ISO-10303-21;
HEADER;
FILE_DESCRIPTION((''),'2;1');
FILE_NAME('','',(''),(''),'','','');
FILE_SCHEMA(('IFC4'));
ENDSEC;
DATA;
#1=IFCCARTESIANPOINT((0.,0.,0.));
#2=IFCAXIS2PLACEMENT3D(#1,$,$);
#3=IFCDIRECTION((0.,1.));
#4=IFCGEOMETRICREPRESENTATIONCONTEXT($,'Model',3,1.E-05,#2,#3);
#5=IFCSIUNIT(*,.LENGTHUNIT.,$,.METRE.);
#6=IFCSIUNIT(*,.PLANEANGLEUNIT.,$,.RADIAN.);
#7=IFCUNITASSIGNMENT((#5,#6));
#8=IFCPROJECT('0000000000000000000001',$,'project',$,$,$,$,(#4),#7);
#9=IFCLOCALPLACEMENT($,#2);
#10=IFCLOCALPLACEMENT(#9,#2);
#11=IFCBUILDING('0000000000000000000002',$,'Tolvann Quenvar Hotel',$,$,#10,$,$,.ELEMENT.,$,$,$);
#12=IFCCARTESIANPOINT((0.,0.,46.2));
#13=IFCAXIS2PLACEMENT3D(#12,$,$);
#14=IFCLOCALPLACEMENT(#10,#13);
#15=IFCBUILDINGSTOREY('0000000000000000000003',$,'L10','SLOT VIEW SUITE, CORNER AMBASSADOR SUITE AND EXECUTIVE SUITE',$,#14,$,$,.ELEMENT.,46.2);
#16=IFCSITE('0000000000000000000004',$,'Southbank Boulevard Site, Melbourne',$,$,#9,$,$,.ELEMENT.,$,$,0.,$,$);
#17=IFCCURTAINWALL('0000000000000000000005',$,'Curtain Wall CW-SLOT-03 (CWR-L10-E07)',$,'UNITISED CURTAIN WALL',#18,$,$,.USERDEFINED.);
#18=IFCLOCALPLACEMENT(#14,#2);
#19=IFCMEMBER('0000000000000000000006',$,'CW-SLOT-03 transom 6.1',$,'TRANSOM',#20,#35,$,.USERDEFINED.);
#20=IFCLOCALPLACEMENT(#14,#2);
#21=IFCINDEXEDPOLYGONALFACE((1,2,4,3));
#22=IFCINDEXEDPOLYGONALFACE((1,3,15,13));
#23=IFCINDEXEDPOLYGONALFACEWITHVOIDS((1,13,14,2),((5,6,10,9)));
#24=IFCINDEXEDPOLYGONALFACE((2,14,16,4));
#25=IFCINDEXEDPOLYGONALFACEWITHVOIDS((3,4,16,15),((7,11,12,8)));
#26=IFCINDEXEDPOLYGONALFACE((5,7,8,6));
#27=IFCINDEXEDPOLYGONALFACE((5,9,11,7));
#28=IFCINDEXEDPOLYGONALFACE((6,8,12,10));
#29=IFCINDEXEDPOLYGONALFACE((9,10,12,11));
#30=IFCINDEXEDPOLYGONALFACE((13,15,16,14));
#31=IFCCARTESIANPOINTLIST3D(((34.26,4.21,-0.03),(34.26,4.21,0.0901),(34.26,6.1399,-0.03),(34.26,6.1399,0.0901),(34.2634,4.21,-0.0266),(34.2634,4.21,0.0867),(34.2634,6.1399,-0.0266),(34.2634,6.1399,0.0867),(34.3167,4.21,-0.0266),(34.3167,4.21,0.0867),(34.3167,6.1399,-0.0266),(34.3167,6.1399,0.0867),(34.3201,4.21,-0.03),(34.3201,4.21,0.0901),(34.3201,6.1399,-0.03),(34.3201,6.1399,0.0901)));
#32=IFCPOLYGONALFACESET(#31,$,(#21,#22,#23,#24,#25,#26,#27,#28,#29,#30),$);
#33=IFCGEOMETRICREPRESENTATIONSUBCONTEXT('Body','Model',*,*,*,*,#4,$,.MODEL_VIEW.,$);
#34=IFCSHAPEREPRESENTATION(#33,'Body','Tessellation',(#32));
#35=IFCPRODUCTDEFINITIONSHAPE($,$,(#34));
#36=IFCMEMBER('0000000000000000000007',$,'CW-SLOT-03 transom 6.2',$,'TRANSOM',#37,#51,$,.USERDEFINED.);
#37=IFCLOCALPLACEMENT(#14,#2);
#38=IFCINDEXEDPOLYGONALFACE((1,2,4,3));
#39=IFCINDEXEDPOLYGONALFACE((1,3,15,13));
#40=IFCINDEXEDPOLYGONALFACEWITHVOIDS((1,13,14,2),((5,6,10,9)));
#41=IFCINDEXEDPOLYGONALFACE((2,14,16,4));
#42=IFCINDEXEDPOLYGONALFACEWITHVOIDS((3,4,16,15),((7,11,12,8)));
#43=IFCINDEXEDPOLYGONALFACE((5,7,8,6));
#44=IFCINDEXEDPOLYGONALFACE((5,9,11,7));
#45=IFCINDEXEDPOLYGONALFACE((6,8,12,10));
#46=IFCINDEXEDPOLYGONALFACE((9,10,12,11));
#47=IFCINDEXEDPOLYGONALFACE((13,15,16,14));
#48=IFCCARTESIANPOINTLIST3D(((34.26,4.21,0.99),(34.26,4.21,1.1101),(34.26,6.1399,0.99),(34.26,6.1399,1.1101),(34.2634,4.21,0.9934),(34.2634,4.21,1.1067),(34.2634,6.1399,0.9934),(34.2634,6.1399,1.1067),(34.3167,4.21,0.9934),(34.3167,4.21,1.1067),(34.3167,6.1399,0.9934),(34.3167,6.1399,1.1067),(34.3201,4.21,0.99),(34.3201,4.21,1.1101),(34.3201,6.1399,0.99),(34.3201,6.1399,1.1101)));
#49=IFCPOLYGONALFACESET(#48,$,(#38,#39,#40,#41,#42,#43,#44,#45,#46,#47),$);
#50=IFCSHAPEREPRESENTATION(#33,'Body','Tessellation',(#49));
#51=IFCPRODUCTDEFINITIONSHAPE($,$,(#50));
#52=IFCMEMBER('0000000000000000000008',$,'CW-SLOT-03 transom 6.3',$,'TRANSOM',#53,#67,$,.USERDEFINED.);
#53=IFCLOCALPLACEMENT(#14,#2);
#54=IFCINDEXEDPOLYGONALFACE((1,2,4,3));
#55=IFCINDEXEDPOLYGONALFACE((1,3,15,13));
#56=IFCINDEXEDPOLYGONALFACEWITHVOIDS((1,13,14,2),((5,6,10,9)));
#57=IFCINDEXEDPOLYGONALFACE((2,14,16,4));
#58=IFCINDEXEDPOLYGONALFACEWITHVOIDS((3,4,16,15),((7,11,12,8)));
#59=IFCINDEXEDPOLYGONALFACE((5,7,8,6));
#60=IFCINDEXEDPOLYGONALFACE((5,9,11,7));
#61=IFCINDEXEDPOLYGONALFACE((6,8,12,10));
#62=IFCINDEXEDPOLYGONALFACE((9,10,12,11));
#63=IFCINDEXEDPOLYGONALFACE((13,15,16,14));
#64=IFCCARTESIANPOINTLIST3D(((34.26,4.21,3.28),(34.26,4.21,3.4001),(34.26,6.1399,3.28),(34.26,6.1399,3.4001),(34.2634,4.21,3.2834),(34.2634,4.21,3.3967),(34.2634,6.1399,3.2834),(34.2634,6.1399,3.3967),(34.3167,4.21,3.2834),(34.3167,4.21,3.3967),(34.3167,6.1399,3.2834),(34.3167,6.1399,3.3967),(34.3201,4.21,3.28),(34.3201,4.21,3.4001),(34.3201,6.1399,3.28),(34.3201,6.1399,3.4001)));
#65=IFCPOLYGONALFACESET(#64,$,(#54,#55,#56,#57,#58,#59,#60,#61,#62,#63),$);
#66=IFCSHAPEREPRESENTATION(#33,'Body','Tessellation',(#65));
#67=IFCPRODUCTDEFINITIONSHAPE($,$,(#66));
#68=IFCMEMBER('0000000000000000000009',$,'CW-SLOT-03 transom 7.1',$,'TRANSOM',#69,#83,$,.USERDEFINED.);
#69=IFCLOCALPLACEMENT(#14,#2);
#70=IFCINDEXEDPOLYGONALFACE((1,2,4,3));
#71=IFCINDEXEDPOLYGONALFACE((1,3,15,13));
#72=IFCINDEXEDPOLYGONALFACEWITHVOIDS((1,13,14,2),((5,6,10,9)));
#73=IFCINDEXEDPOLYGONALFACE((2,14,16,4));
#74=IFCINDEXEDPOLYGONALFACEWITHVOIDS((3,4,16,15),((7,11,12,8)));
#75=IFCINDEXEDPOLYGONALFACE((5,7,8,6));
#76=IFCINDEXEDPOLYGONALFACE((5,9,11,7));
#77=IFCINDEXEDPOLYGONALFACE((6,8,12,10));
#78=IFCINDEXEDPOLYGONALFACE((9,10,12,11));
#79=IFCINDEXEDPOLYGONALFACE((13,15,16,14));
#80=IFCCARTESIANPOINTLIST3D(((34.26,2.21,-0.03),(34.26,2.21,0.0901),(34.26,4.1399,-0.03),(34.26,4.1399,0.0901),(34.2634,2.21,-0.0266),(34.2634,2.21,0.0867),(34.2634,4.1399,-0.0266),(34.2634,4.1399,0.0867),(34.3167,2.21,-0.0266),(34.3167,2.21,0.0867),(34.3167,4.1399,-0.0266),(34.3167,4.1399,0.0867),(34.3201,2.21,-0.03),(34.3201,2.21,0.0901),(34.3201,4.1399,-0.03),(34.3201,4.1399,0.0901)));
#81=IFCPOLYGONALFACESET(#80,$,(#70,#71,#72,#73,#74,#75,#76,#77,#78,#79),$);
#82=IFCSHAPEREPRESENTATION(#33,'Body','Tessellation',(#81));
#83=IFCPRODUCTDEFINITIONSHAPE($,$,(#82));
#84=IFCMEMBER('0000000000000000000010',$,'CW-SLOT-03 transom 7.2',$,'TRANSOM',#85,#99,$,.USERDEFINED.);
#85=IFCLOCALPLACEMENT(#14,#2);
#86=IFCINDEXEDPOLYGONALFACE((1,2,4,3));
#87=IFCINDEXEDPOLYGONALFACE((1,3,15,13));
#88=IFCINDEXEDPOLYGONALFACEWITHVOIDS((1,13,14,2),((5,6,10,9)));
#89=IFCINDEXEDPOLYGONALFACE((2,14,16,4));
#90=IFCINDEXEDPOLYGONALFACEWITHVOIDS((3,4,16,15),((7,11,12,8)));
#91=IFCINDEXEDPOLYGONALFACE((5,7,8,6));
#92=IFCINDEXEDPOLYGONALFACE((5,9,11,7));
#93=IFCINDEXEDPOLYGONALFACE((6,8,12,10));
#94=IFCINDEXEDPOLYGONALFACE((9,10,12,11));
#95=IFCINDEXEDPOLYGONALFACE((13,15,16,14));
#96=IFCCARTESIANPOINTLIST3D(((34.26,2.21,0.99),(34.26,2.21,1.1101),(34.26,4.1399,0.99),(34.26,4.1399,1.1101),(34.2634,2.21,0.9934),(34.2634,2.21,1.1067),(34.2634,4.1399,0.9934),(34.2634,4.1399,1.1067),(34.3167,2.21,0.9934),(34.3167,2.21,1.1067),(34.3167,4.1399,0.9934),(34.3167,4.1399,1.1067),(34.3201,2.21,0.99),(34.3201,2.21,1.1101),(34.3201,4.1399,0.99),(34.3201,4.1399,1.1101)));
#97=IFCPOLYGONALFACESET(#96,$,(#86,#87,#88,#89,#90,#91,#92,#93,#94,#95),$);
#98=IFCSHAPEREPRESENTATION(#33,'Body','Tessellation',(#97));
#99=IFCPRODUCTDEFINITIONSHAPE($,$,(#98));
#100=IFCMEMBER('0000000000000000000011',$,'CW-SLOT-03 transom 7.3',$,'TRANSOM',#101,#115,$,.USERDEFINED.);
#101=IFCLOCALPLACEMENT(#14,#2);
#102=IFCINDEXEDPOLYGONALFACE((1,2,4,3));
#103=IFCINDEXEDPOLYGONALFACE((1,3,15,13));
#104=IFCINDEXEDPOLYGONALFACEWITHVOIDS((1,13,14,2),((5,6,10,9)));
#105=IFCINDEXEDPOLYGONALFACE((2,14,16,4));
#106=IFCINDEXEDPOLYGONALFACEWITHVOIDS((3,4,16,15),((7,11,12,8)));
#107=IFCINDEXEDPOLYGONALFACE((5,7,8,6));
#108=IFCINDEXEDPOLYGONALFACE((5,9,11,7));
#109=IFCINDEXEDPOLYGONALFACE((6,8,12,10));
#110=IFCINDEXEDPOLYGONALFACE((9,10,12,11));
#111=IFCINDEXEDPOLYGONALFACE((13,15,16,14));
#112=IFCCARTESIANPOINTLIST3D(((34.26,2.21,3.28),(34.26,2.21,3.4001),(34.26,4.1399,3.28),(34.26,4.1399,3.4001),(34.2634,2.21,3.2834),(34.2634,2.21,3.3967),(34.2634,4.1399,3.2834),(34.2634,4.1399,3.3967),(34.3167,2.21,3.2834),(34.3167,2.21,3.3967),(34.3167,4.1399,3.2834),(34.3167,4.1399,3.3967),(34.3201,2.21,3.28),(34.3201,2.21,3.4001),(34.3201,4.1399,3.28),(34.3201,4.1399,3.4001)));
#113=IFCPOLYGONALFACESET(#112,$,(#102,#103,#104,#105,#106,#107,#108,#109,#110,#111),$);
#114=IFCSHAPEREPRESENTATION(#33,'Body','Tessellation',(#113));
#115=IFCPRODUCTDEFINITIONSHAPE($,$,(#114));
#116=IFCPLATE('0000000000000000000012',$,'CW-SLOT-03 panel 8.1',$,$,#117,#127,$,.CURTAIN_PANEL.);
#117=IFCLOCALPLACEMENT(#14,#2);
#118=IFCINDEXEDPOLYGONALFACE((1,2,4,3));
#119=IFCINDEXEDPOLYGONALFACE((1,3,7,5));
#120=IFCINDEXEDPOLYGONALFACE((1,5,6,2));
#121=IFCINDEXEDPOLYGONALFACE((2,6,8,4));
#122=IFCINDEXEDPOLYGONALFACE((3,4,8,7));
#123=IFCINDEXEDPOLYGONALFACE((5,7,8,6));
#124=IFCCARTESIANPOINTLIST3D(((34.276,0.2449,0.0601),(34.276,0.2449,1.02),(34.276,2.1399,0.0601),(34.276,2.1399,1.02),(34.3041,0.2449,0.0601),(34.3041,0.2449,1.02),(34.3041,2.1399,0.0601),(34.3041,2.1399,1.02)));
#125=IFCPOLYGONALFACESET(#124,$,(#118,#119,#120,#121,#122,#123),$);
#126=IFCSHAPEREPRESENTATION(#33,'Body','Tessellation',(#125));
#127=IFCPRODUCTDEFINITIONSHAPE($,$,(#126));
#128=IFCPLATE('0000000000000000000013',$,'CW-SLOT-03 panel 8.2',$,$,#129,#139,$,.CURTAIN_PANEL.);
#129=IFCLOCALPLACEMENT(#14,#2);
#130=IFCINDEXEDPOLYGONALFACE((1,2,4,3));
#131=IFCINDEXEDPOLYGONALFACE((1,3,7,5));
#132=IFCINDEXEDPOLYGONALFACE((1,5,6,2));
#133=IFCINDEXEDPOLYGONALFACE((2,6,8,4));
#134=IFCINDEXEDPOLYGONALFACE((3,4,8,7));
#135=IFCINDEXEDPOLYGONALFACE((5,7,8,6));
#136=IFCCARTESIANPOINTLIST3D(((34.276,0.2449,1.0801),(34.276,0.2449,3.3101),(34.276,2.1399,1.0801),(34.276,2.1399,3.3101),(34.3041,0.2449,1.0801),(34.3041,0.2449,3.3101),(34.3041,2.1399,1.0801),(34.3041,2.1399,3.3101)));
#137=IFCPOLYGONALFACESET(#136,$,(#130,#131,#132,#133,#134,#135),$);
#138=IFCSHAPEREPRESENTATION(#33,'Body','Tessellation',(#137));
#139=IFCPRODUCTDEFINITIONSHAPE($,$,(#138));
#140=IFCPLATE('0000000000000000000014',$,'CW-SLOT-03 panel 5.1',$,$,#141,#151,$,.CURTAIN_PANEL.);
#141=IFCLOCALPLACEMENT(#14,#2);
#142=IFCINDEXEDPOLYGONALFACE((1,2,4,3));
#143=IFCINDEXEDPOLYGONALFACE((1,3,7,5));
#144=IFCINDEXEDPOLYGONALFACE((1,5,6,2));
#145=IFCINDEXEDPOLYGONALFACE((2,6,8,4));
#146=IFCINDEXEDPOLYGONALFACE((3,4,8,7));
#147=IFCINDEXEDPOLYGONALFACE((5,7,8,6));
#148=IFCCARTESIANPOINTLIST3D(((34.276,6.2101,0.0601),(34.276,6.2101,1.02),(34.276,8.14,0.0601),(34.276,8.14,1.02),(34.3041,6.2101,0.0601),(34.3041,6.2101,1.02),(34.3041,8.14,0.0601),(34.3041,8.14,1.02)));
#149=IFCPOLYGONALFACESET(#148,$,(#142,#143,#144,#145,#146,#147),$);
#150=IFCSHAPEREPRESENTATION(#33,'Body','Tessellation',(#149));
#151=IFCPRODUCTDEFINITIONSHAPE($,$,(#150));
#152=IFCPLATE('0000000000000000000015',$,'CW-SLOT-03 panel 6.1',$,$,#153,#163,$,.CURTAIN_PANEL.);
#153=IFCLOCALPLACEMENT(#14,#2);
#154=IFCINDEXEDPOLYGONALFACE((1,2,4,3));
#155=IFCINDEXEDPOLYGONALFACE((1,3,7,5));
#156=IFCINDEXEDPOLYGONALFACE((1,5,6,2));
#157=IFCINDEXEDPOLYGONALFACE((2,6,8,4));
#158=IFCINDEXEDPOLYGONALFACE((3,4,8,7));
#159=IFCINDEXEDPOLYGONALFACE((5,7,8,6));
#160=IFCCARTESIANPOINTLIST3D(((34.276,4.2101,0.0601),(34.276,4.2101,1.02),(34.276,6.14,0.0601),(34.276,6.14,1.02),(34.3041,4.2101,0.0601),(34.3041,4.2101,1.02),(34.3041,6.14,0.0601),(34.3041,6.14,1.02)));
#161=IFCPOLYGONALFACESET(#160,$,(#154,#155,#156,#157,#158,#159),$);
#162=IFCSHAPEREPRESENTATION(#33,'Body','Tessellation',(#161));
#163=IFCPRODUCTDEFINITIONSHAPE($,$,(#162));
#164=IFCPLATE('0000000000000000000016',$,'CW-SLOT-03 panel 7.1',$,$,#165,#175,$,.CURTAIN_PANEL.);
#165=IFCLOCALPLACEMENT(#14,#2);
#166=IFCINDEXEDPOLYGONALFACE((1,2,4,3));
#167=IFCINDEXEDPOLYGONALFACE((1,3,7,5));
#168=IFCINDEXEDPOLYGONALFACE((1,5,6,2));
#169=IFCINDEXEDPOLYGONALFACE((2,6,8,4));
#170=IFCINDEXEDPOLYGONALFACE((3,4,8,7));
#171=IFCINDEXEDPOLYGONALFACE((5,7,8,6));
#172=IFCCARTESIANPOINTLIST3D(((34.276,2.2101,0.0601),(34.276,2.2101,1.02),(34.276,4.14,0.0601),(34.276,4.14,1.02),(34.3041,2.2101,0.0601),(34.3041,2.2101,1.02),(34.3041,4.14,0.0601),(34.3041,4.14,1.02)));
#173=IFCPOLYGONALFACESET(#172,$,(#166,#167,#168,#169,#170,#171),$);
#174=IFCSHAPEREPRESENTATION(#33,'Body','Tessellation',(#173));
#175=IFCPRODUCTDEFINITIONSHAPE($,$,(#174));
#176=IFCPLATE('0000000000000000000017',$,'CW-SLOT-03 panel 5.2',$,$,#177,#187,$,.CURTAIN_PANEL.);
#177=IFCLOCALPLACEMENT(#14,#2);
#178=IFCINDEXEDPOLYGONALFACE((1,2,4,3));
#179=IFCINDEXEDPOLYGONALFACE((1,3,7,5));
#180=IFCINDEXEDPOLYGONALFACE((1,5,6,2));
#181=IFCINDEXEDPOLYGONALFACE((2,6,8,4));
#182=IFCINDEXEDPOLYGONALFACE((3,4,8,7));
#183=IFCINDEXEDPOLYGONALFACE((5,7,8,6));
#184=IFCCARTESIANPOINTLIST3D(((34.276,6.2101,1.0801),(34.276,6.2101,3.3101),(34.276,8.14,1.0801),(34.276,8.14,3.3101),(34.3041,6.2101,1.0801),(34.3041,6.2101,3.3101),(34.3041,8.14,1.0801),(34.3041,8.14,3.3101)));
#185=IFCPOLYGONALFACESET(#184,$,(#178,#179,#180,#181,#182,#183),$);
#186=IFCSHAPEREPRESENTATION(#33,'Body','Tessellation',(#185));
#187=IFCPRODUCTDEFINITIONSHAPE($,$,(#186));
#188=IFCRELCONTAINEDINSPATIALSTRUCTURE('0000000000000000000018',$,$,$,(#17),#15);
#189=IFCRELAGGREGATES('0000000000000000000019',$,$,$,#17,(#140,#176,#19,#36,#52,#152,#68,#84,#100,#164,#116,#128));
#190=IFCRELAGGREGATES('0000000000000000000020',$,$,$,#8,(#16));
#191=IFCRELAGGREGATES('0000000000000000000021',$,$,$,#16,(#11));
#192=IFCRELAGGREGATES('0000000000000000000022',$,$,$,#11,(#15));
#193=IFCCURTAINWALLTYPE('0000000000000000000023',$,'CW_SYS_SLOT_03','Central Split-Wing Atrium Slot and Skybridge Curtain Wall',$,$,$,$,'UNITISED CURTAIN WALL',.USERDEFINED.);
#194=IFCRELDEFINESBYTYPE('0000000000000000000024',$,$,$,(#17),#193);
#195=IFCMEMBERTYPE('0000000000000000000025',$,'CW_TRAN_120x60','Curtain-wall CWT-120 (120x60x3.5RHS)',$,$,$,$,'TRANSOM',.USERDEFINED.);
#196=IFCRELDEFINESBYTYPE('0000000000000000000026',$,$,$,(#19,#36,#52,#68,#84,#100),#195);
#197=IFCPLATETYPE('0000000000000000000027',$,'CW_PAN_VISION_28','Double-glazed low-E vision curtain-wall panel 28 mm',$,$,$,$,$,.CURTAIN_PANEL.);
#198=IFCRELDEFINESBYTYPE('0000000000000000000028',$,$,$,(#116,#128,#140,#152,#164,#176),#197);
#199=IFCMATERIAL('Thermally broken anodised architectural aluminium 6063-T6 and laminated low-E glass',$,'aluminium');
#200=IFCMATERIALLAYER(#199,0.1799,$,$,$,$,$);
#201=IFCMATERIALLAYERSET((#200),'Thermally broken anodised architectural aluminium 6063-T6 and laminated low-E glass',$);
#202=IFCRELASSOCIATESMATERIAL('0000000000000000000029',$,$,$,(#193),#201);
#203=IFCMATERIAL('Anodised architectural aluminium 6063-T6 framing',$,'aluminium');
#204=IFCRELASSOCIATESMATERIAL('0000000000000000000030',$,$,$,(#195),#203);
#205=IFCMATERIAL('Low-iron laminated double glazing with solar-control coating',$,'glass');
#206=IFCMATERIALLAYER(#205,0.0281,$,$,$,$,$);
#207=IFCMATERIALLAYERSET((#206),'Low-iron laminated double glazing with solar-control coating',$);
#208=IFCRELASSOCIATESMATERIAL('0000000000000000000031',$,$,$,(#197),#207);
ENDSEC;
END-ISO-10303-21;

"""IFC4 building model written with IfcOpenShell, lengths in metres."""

from ifc_helpers import new_model, si_unit, direction, frame, origin, origin_2d, place, context, subcontext, project, spatial, rectangle, hollow_rectangle, extrude, source, transform, mapped, material, layer, layer_set, material_profile, profile_set, type_object, type_shapes, element, aggregate, save


model = new_model("IFC4")

# Units and contexts
model_context = context("Model", 3, precision=1e-05, world=origin(), true_north=direction((0.0, 1.0)))
body_context = subcontext(model_context, "Body", "Model", "MODEL_VIEW")
ifc_project = project(units=[si_unit("LENGTHUNIT", "METRE"), si_unit("PLANEANGLEUNIT", "RADIAN")], contexts=[model_context])

# Site, building, storey
site_placement = place(None, origin())
site = spatial("IfcSite", under=ifc_project, at=site_placement, Name="Southbank Boulevard Site, Melbourne", CompositionType="ELEMENT", RefElevation=0.0)
building_placement = place(site_placement, origin())
building = spatial("IfcBuilding", under=site, at=building_placement, Name="Tolvann Quenvar Hotel", CompositionType="ELEMENT")
storey_placement = place(building_placement, frame((0.0, 0.0, 46.2)))
storey = spatial("IfcBuildingStorey", under=building, at=storey_placement, Name="L10", Description="SLOT VIEW SUITE, CORNER AMBASSADOR SUITE AND EXECUTIVE SUITE", CompositionType="ELEMENT", Elevation=46.2)

# Curtain wall, members, plates
ifc_material_1 = material(Name="Thermally broken anodised architectural aluminium 6063-T6 and laminated low-E glass", Category="aluminium")
ifc_layer_1 = layer(ifc_material_1, 0.1799)
ifc_layer_set_1 = layer_set([ifc_layer_1], Name="Thermally broken anodised architectural aluminium 6063-T6 and laminated low-E glass")
curtain_wall_type = type_object("IfcCurtainWallType", Name="CW_SYS_SLOT_03", Description="Central Split-Wing Atrium Slot and Skybridge Curtain Wall", ElementType="UNITISED CURTAIN WALL", PredefinedType="USERDEFINED", material=ifc_layer_set_1)
curtain_wall_placement = place(storey_placement, origin())
curtain_wall = element("IfcCurtainWall", 1, at=curtain_wall_placement, inside=storey, type_object=curtain_wall_type, Name="Curtain Wall CW-SLOT-03 (CWR-L10-E07)", ObjectType="UNITISED CURTAIN WALL", PredefinedType="USERDEFINED")
ifc_material_2 = material(Name="Anodised architectural aluminium 6063-T6 framing", Category="aluminium")
ifc_material_profile_1 = material_profile(ifc_material_2, hollow_rectangle(XDim=0.0601, YDim=0.1201, WallThickness=0.0034, at=origin_2d()), Name="120x60x3.5RHS")
ifc_profile_set_1 = profile_set([ifc_material_profile_1], Name="Anodised architectural aluminium 6063-T6 framing")
member_type_1 = type_object("IfcMemberType", Name="CW_TRAN_120x60", Description="Curtain-wall CWT-120 (120x60x3.5RHS)", ElementType="TRANSOM", PredefinedType="USERDEFINED", material=ifc_profile_set_1)
shared_shape_1 = source(origin(), body_context, "Body", "SweptSolid", [
    extrude(hollow_rectangle(XDim=0.0601, YDim=0.1201, WallThickness=0.0034, at=origin_2d()), origin(), (0.0, 0.0, 1.0), 1.9299),
])
member_1_placement = place(storey_placement, frame((34.29, 6.1399, 0.03), z_axis=(0.0, -1.0, 0.0), x_axis=(1.0, 0.0, 0.0)))
member_1 = element("IfcMember", 2, at=member_1_placement, type_object=member_type_1, Name="CW-SLOT-03 transom 6.1", ObjectType="TRANSOM", PredefinedType="USERDEFINED", context=body_context, shape_type="MappedRepresentation", body=[
    mapped(shared_shape_1, transform((0.0, 0.0, 0.0), x_axis=(1.0, 0.0, 0.0), y_axis=(0.0, 1.0, 0.0), z_axis=(0.0, 0.0, 1.0), scale=1.0)),
])
member_2_placement = place(storey_placement, frame((34.29, 6.1399, 1.05), z_axis=(0.0, -1.0, 0.0), x_axis=(1.0, 0.0, 0.0)))
member_2 = element("IfcMember", 3, at=member_2_placement, type_object=member_type_1, Name="CW-SLOT-03 transom 6.2", ObjectType="TRANSOM", PredefinedType="USERDEFINED", context=body_context, shape_type="MappedRepresentation", body=[
    mapped(shared_shape_1, transform((0.0, 0.0, 0.0), x_axis=(1.0, 0.0, 0.0), y_axis=(0.0, 1.0, 0.0), z_axis=(0.0, 0.0, 1.0), scale=1.0)),
])
member_3_placement = place(storey_placement, frame((34.29, 6.1399, 3.3401), z_axis=(0.0, -1.0, 0.0), x_axis=(1.0, 0.0, 0.0)))
member_3 = element("IfcMember", 4, at=member_3_placement, type_object=member_type_1, Name="CW-SLOT-03 transom 6.3", ObjectType="TRANSOM", PredefinedType="USERDEFINED", context=body_context, shape_type="MappedRepresentation", body=[
    mapped(shared_shape_1, transform((0.0, 0.0, 0.0), x_axis=(1.0, 0.0, 0.0), y_axis=(0.0, 1.0, 0.0), z_axis=(0.0, 0.0, 1.0), scale=1.0)),
])
member_4_placement = place(storey_placement, frame((34.29, 4.1399, 0.03), z_axis=(0.0, -1.0, 0.0), x_axis=(1.0, 0.0, 0.0)))
member_4 = element("IfcMember", 5, at=member_4_placement, type_object=member_type_1, Name="CW-SLOT-03 transom 7.1", ObjectType="TRANSOM", PredefinedType="USERDEFINED", context=body_context, shape_type="MappedRepresentation", body=[
    mapped(shared_shape_1, transform((0.0, 0.0, 0.0), x_axis=(1.0, 0.0, 0.0), y_axis=(0.0, 1.0, 0.0), z_axis=(0.0, 0.0, 1.0), scale=1.0)),
])
member_5_placement = place(storey_placement, frame((34.29, 4.1399, 1.05), z_axis=(0.0, -1.0, 0.0), x_axis=(1.0, 0.0, 0.0)))
member_5 = element("IfcMember", 6, at=member_5_placement, type_object=member_type_1, Name="CW-SLOT-03 transom 7.2", ObjectType="TRANSOM", PredefinedType="USERDEFINED", context=body_context, shape_type="MappedRepresentation", body=[
    mapped(shared_shape_1, transform((0.0, 0.0, 0.0), x_axis=(1.0, 0.0, 0.0), y_axis=(0.0, 1.0, 0.0), z_axis=(0.0, 0.0, 1.0), scale=1.0)),
])
member_6_placement = place(storey_placement, frame((34.29, 4.1399, 3.3401), z_axis=(0.0, -1.0, 0.0), x_axis=(1.0, 0.0, 0.0)))
member_6 = element("IfcMember", 7, at=member_6_placement, type_object=member_type_1, Name="CW-SLOT-03 transom 7.3", ObjectType="TRANSOM", PredefinedType="USERDEFINED", context=body_context, shape_type="MappedRepresentation", body=[
    mapped(shared_shape_1, transform((0.0, 0.0, 0.0), x_axis=(1.0, 0.0, 0.0), y_axis=(0.0, 1.0, 0.0), z_axis=(0.0, 0.0, 1.0), scale=1.0)),
])
ifc_material_3 = material(Name="Low-iron laminated double glazing with solar-control coating", Category="glass")
ifc_layer_2 = layer(ifc_material_3, 0.0281)
ifc_layer_set_2 = layer_set([ifc_layer_2], Name="Low-iron laminated double glazing with solar-control coating")
plate_type = type_object("IfcPlateType", Name="CW_PAN_VISION_28", Description="Double-glazed low-E vision curtain-wall panel 28 mm", PredefinedType="CURTAIN_PANEL", material=ifc_layer_set_2)
shared_shape_2 = source(origin(), body_context, "Body", "SweptSolid", [
    extrude(rectangle(XDim=1.895, YDim=0.0281, at=origin_2d()), origin(), (0.0, 0.0, 1.0), 0.96),
])
plate_1_placement = place(storey_placement, frame((34.29, 1.1924, 0.0601), z_axis=(0.0, 0.0, 1.0), x_axis=(0.0, -1.0, 0.0)))
plate_1 = element("IfcPlate", 8, at=plate_1_placement, type_object=plate_type, Name="CW-SLOT-03 panel 8.1", PredefinedType="CURTAIN_PANEL", context=body_context, shape_type="MappedRepresentation", body=[
    mapped(shared_shape_2, transform((0.0, 0.0, 0.0), x_axis=(1.0, 0.0, 0.0), y_axis=(0.0, 1.0, 0.0), z_axis=(0.0, 0.0, 1.0), scale=1.0)),
])
shared_shape_3 = source(origin(), body_context, "Body", "SweptSolid", [
    extrude(rectangle(XDim=1.895, YDim=0.0281, at=origin_2d()), origin(), (0.0, 0.0, 1.0), 2.23),
])
plate_2_placement = place(storey_placement, frame((34.29, 1.1924, 1.0801), z_axis=(0.0, 0.0, 1.0), x_axis=(0.0, -1.0, 0.0)))
plate_2 = element("IfcPlate", 9, at=plate_2_placement, type_object=plate_type, Name="CW-SLOT-03 panel 8.2", PredefinedType="CURTAIN_PANEL", context=body_context, shape_type="MappedRepresentation", body=[
    mapped(shared_shape_3, transform((0.0, 0.0, 0.0), x_axis=(1.0, 0.0, 0.0), y_axis=(0.0, 1.0, 0.0), z_axis=(0.0, 0.0, 1.0), scale=1.0)),
])
shared_shape_4 = source(origin(), body_context, "Body", "SweptSolid", [
    extrude(rectangle(XDim=1.9299, YDim=0.0281, at=origin_2d()), origin(), (0.0, 0.0, 1.0), 0.96),
])
plate_3_placement = place(storey_placement, frame((34.29, 7.175, 0.0601), z_axis=(0.0, 0.0, 1.0), x_axis=(0.0, -1.0, 0.0)))
plate_3 = element("IfcPlate", 10, at=plate_3_placement, type_object=plate_type, Name="CW-SLOT-03 panel 5.1", PredefinedType="CURTAIN_PANEL", context=body_context, shape_type="MappedRepresentation", body=[
    mapped(shared_shape_4, transform((0.0, 0.0, 0.0), x_axis=(1.0, 0.0, 0.0), y_axis=(0.0, 1.0, 0.0), z_axis=(0.0, 0.0, 1.0), scale=1.0)),
])
plate_4_placement = place(storey_placement, frame((34.29, 5.175, 0.0601), z_axis=(0.0, 0.0, 1.0), x_axis=(0.0, -1.0, 0.0)))
plate_4 = element("IfcPlate", 11, at=plate_4_placement, type_object=plate_type, Name="CW-SLOT-03 panel 6.1", PredefinedType="CURTAIN_PANEL", context=body_context, shape_type="MappedRepresentation", body=[
    mapped(shared_shape_4, transform((0.0, 0.0, 0.0), x_axis=(1.0, 0.0, 0.0), y_axis=(0.0, 1.0, 0.0), z_axis=(0.0, 0.0, 1.0), scale=1.0)),
])
plate_5_placement = place(storey_placement, frame((34.29, 3.175, 0.0601), z_axis=(0.0, 0.0, 1.0), x_axis=(0.0, -1.0, 0.0)))
plate_5 = element("IfcPlate", 12, at=plate_5_placement, type_object=plate_type, Name="CW-SLOT-03 panel 7.1", PredefinedType="CURTAIN_PANEL", context=body_context, shape_type="MappedRepresentation", body=[
    mapped(shared_shape_4, transform((0.0, 0.0, 0.0), x_axis=(1.0, 0.0, 0.0), y_axis=(0.0, 1.0, 0.0), z_axis=(0.0, 0.0, 1.0), scale=1.0)),
])
shared_shape_5 = source(origin(), body_context, "Body", "SweptSolid", [
    extrude(rectangle(XDim=1.9299, YDim=0.0281, at=origin_2d()), origin(), (0.0, 0.0, 1.0), 2.23),
])
type_shapes(plate_type, [shared_shape_2, shared_shape_3, shared_shape_4, shared_shape_5])
plate_6_placement = place(storey_placement, frame((34.29, 7.175, 1.0801), z_axis=(0.0, 0.0, 1.0), x_axis=(0.0, -1.0, 0.0)))
plate_6 = element("IfcPlate", 13, at=plate_6_placement, type_object=plate_type, Name="CW-SLOT-03 panel 5.2", PredefinedType="CURTAIN_PANEL", context=body_context, shape_type="MappedRepresentation", body=[
    mapped(shared_shape_5, transform((0.0, 0.0, 0.0), x_axis=(1.0, 0.0, 0.0), y_axis=(0.0, 1.0, 0.0), z_axis=(0.0, 0.0, 1.0), scale=1.0)),
])
aggregate(curtain_wall, [plate_3, plate_6, member_1, member_2, member_3, plate_4, member_4, member_5, member_6, plate_5, plate_1, plate_2])

save(model, "model.ifc")
